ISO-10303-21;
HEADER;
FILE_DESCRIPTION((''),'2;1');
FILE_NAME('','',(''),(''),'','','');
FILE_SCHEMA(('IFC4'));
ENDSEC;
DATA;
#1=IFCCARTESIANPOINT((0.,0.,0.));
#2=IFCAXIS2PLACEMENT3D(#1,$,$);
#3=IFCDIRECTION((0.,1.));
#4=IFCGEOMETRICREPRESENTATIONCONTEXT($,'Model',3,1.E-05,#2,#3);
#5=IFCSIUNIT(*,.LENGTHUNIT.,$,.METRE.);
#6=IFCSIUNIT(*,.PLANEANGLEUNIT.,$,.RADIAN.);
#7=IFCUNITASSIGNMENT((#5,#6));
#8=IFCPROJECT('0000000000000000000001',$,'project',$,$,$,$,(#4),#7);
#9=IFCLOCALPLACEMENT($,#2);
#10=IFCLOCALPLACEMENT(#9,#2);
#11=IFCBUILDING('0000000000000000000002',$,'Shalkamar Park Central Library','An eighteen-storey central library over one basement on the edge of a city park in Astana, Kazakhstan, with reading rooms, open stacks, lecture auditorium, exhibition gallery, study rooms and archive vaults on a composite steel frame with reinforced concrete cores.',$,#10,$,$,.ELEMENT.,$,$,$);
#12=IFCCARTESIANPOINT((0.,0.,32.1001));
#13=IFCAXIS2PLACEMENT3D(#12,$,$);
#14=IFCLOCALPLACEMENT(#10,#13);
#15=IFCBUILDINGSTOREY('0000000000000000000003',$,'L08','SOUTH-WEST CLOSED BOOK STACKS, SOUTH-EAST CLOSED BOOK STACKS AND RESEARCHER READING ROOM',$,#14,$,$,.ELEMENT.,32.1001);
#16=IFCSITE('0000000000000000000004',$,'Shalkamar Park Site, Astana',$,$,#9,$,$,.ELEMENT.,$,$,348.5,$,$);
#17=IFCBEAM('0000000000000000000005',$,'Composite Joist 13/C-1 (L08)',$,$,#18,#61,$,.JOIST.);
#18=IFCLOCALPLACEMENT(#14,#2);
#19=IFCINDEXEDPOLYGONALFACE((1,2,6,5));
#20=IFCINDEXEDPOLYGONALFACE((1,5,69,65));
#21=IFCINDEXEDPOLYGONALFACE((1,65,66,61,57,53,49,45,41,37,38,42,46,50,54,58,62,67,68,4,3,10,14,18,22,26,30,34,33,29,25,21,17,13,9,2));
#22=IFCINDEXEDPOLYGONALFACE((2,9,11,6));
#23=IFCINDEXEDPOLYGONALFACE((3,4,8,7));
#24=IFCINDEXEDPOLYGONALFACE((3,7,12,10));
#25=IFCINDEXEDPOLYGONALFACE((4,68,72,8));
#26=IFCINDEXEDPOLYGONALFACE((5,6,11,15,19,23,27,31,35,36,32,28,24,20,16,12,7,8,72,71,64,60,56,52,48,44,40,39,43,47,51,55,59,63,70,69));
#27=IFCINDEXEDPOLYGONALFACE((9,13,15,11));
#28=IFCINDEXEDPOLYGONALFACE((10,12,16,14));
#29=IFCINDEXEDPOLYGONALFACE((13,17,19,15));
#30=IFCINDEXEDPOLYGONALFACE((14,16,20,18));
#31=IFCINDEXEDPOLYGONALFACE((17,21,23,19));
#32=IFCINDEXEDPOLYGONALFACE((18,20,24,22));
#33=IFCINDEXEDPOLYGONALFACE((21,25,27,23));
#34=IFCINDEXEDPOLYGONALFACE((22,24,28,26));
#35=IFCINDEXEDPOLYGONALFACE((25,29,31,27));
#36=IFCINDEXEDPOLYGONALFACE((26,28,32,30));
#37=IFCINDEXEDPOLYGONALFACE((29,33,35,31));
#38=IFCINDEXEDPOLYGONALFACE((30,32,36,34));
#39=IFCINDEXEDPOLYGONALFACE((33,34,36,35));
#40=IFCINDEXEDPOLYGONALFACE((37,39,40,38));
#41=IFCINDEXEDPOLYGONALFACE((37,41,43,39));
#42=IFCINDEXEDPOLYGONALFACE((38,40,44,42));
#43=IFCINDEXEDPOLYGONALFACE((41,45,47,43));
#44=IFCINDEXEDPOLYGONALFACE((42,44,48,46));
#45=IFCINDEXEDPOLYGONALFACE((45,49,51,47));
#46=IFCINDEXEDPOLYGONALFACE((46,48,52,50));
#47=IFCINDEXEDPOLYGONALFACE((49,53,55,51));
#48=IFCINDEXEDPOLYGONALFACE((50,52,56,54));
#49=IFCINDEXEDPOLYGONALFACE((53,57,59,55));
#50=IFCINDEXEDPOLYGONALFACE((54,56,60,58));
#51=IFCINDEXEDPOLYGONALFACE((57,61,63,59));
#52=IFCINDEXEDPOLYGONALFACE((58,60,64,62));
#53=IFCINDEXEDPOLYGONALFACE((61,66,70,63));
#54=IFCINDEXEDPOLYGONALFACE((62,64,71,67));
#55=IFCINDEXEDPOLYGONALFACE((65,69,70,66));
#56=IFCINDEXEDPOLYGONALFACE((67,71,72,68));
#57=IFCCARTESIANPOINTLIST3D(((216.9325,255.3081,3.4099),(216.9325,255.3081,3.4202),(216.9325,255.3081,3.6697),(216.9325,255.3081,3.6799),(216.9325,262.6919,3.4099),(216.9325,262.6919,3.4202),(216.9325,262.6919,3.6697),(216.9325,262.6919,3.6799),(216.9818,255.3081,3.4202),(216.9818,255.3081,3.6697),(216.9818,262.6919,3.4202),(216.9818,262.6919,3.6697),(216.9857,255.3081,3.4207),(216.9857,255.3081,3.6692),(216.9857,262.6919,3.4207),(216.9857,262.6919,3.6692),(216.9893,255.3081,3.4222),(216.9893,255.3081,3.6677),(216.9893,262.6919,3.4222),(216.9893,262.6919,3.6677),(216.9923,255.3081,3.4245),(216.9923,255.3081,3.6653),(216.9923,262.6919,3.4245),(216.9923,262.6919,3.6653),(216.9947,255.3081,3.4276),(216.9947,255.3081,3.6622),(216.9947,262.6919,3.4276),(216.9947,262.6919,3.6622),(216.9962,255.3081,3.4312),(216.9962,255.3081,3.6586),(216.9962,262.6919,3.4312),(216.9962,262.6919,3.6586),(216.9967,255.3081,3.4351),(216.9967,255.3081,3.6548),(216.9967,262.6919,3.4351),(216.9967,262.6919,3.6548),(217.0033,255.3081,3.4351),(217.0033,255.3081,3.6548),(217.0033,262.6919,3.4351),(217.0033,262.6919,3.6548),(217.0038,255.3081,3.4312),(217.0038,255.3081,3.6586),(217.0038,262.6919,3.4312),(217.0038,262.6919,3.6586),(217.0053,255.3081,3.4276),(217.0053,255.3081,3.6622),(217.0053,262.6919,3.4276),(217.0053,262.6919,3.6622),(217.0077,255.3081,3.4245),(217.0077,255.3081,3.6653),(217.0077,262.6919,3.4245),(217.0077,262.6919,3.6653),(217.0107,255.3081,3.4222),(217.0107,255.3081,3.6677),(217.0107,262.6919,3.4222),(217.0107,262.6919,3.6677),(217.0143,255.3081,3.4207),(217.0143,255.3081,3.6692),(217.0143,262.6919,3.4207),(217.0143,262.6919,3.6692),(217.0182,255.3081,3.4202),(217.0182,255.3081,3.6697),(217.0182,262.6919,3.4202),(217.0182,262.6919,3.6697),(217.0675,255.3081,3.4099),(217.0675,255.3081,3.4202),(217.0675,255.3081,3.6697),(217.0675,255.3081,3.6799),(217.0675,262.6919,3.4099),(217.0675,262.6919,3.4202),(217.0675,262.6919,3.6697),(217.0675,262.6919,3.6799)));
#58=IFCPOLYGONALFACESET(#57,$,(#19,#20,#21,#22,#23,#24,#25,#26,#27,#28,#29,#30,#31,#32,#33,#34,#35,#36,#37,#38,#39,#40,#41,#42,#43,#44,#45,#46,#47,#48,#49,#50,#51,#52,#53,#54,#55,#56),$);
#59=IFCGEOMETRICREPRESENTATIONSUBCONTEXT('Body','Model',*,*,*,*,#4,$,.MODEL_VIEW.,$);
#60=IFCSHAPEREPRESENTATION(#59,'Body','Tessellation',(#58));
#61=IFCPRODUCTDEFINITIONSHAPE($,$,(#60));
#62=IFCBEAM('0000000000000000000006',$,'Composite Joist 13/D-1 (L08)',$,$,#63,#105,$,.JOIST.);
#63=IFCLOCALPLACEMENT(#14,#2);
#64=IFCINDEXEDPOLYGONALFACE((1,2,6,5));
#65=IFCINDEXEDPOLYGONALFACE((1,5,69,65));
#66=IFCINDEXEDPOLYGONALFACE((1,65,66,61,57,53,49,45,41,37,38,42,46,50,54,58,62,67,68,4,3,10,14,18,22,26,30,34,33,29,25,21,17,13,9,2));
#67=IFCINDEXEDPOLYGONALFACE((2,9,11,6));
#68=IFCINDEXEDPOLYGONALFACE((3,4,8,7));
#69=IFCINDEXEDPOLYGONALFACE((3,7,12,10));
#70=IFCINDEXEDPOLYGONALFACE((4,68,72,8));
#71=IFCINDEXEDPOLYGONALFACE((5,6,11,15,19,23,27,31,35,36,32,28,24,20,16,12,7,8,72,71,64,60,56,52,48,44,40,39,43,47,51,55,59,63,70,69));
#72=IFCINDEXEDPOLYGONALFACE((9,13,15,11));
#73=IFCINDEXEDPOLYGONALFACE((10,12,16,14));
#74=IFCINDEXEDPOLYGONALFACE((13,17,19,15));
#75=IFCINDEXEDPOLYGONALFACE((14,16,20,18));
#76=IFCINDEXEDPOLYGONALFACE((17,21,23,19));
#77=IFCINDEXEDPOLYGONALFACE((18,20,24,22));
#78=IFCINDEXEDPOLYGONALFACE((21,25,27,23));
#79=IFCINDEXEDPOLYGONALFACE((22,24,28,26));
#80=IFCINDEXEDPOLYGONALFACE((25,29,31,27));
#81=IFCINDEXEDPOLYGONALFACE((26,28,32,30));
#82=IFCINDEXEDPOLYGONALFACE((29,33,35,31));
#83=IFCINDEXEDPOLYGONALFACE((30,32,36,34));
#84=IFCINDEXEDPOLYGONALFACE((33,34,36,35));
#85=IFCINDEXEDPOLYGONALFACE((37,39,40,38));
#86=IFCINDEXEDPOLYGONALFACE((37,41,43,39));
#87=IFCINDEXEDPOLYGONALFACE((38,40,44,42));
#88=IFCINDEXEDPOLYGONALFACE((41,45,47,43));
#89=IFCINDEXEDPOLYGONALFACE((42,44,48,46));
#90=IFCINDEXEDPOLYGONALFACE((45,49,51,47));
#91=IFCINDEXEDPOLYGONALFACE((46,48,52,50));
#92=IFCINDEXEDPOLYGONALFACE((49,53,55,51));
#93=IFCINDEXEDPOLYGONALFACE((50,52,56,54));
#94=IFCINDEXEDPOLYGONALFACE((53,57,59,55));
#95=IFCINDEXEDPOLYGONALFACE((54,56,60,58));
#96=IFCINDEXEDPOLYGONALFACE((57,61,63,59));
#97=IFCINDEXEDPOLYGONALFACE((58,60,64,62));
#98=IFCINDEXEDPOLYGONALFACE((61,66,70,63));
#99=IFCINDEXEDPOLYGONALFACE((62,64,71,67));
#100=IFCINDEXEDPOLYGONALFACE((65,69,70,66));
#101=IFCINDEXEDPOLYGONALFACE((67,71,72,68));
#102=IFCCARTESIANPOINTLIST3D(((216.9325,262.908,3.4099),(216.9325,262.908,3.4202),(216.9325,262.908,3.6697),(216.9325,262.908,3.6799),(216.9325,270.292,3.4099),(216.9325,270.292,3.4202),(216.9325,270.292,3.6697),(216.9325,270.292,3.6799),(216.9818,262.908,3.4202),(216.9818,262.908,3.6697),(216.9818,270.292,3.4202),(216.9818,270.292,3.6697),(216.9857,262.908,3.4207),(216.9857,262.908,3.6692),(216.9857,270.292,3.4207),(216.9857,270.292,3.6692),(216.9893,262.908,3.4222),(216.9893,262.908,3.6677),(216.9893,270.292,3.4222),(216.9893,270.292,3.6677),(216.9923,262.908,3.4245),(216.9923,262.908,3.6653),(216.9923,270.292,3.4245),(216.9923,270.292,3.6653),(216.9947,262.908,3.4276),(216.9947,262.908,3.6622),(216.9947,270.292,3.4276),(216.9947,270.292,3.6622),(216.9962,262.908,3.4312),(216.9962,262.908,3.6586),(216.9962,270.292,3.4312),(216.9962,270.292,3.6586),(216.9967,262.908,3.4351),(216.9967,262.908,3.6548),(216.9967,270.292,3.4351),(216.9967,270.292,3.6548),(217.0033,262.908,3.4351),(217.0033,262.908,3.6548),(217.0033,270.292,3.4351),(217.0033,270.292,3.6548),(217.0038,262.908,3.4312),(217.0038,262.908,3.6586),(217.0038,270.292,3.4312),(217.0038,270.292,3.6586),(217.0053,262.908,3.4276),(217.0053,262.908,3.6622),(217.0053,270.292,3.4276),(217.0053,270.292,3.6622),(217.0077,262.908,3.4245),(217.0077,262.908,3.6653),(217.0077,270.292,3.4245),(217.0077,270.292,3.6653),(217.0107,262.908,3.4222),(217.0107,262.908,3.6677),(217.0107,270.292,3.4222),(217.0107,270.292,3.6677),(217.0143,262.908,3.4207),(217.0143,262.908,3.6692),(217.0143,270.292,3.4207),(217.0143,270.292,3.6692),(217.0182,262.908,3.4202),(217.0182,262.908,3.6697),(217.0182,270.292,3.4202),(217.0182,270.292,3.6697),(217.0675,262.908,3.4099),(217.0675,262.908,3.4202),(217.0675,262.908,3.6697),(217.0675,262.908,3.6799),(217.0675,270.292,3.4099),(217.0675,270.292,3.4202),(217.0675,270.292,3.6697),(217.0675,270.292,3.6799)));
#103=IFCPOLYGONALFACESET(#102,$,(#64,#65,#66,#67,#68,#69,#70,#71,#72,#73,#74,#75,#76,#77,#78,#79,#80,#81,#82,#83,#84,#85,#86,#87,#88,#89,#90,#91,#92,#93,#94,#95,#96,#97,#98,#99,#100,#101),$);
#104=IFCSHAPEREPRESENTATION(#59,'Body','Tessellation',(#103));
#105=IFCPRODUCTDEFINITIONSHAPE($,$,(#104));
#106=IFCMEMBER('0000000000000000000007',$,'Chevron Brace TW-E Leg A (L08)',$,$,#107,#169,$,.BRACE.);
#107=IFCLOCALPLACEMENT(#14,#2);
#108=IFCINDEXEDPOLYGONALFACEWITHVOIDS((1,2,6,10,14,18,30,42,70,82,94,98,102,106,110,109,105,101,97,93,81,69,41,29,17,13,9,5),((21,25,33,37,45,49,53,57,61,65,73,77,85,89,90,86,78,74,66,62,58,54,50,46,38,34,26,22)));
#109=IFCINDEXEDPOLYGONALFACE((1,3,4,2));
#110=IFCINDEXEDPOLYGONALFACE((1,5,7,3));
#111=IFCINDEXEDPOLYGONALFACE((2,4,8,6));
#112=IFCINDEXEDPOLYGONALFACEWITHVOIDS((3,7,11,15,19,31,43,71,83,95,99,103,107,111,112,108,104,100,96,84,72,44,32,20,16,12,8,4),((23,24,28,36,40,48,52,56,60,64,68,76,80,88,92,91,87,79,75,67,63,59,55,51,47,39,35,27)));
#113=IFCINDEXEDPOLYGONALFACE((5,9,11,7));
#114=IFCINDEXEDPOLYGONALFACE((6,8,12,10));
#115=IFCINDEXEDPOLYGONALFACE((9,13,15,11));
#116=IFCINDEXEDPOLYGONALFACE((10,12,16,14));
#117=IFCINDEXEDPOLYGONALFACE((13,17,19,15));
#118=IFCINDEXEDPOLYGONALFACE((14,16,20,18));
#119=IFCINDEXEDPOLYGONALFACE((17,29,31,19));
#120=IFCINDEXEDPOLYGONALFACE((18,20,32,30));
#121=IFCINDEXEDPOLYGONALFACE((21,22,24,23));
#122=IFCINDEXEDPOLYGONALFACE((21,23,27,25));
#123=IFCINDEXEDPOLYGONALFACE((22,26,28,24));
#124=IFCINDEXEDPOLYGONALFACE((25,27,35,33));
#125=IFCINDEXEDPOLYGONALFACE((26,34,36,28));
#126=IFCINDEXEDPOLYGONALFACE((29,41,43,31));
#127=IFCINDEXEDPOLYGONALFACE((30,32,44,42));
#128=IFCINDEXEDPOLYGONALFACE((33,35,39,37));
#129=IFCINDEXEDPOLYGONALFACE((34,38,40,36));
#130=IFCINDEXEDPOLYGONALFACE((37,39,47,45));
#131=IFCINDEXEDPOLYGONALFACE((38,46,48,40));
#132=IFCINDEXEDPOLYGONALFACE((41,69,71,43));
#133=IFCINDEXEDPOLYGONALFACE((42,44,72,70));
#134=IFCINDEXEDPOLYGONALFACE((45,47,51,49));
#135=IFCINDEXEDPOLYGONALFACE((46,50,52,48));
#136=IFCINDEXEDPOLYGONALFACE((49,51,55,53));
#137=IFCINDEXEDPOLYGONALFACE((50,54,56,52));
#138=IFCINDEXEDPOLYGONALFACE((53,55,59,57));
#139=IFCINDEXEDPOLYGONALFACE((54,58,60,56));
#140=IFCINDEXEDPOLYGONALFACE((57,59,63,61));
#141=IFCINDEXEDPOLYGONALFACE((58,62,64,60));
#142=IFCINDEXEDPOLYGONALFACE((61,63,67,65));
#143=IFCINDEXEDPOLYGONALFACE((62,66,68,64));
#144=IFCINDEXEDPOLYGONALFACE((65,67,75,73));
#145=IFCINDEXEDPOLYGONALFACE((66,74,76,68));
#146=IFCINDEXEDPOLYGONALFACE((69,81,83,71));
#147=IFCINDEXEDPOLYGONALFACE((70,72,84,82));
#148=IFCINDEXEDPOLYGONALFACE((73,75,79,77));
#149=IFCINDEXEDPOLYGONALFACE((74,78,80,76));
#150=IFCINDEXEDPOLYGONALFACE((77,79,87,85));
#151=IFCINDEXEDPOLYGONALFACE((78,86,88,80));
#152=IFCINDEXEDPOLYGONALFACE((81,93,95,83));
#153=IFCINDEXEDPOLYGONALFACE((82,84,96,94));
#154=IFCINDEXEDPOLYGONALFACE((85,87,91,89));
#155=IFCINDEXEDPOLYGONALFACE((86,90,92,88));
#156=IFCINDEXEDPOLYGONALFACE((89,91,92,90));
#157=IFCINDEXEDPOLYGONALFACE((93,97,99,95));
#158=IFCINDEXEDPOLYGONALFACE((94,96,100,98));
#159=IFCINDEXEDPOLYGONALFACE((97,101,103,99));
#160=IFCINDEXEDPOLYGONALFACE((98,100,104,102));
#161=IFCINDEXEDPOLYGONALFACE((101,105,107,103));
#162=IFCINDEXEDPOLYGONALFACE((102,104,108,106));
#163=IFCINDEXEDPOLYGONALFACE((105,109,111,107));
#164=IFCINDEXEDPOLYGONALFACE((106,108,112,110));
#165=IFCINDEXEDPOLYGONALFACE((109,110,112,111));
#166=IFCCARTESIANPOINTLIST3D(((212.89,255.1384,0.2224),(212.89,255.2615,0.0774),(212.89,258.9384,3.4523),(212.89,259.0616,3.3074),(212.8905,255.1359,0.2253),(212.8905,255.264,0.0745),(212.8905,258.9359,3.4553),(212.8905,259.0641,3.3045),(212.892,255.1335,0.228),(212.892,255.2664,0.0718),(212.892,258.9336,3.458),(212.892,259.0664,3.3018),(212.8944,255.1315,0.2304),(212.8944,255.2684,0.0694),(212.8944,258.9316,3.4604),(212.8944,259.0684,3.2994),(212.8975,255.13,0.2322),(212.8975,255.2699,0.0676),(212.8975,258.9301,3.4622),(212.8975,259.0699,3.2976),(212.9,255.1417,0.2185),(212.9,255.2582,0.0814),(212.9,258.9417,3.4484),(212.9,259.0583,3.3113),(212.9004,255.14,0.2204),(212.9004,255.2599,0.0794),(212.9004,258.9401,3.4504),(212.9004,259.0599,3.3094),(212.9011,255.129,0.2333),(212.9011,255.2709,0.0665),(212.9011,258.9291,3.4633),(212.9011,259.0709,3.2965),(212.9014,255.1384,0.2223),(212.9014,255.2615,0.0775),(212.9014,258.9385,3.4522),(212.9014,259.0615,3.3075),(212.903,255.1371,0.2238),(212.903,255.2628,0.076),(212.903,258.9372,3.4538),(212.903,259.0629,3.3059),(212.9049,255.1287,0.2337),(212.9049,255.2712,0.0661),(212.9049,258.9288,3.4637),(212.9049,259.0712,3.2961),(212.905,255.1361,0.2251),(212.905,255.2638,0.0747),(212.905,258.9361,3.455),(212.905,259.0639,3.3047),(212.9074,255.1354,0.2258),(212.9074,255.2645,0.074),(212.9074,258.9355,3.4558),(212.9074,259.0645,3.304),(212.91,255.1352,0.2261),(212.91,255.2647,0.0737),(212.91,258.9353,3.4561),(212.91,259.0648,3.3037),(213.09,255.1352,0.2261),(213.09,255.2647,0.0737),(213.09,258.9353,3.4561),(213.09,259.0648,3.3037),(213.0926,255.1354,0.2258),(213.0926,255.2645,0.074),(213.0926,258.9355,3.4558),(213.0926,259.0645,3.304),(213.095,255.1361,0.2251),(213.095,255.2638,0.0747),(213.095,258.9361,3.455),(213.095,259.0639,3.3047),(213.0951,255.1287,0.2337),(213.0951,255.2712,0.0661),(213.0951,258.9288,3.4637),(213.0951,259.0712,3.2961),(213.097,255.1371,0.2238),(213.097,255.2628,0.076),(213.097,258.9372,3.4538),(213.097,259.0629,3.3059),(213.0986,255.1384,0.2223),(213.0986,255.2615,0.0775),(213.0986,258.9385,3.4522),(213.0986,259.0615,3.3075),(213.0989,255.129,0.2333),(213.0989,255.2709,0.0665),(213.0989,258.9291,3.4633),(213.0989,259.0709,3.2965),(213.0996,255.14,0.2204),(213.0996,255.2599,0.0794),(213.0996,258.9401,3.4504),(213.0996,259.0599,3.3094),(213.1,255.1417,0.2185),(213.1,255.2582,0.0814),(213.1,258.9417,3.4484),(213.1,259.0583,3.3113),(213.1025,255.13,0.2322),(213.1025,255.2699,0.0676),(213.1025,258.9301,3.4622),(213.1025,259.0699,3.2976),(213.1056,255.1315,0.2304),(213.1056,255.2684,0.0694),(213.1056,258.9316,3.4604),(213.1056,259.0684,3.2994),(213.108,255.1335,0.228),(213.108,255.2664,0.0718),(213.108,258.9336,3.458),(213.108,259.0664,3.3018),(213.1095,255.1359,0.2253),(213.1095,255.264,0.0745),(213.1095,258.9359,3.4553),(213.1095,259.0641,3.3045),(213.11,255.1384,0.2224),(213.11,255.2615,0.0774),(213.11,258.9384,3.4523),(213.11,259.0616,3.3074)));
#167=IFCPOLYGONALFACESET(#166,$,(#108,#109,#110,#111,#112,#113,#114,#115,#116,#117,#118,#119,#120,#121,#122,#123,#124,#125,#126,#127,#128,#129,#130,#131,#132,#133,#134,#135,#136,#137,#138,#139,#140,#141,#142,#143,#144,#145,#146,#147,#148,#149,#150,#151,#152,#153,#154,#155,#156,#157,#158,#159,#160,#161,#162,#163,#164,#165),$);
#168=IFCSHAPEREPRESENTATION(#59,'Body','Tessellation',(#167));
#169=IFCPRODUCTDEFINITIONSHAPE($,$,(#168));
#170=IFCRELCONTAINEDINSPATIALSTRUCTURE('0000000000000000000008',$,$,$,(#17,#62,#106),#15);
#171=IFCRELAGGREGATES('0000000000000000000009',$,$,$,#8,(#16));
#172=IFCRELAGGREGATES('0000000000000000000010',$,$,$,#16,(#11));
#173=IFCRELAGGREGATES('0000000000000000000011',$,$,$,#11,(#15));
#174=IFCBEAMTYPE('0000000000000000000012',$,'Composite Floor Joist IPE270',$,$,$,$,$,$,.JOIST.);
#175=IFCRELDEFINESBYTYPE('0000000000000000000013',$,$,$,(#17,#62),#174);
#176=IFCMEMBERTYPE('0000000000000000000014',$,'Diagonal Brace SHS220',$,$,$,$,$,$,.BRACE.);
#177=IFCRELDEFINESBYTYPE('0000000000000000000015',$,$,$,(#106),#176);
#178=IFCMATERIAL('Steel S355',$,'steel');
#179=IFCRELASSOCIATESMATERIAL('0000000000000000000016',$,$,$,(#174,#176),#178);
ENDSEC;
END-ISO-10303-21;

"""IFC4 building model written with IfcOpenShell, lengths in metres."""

from ifc_helpers import new_model, si_unit, direction, frame, origin, origin_2d, place, context, subcontext, project, spatial, hollow_rectangle, i_section, extrude, material, material_profile, profile_set, type_object, element, save


model = new_model("IFC4")

# Units and contexts
model_context = context("Model", 3, precision=1e-05, world=origin(), true_north=direction((0.0, 1.0)))
body_context = subcontext(model_context, "Body", "Model", "MODEL_VIEW")
ifc_project = project(units=[si_unit("LENGTHUNIT", "METRE"), si_unit("PLANEANGLEUNIT", "RADIAN")], contexts=[model_context])

# Site, building, storey
site_placement = place(None, origin())
site = spatial("IfcSite", under=ifc_project, at=site_placement, Name="Shalkamar Park Site, Astana", CompositionType="ELEMENT", RefElevation=348.5)
building_placement = place(site_placement, origin())
building = spatial("IfcBuilding", under=site, at=building_placement, Name="Shalkamar Park Central Library", Description="An eighteen-storey central library over one basement on the edge of a city park in Astana, Kazakhstan, with reading rooms, open stacks, lecture auditorium, exhibition gallery, study rooms and archive vaults on a composite steel frame with reinforced concrete cores.", CompositionType="ELEMENT")
storey_placement = place(building_placement, frame((0.0, 0.0, 32.1001)))
storey = spatial("IfcBuildingStorey", under=building, at=storey_placement, Name="L08", Description="SOUTH-WEST CLOSED BOOK STACKS, SOUTH-EAST CLOSED BOOK STACKS AND RESEARCHER READING ROOM", CompositionType="ELEMENT", Elevation=32.1001)

# Shared definitions
ifc_material_1 = material(Name="Steel S355", Category="steel")

# Beams
ifc_material_profile_1 = material_profile(ifc_material_1, i_section(OverallWidth=0.135, OverallDepth=0.27, WebThickness=0.0066, FlangeThickness=0.0103, FilletRadius=0.0149, at=origin_2d()), Name="IPE 270")
ifc_profile_set_1 = profile_set([ifc_material_profile_1], Name="Steel S355")
beam_type_1 = type_object("IfcBeamType", Name="Composite Floor Joist IPE270", PredefinedType="JOIST", material=ifc_profile_set_1)
beam_1_placement = place(storey_placement, frame((217.0, 255.3081, 3.5449), z_axis=(0.0, 1.0, 0.0), x_axis=(-1.0, 0.0, 0.0)))
element("IfcBeam", 1, at=beam_1_placement, inside=storey, type_object=beam_type_1, Name="Composite Joist 13/C-1 (L08)", PredefinedType="JOIST", context=body_context, shape_type="SweptSolid", body=[
    extrude(i_section(OverallWidth=0.135, OverallDepth=0.27, WebThickness=0.0066, FlangeThickness=0.0103, FilletRadius=0.0149, at=origin_2d()), origin(), (0.0, 0.0, 1.0), 7.3838),
])
beam_2_placement = place(storey_placement, frame((217.0, 262.908, 3.5449), z_axis=(0.0, 1.0, 0.0), x_axis=(-1.0, 0.0, 0.0)))
element("IfcBeam", 2, at=beam_2_placement, inside=storey, type_object=beam_type_1, Name="Composite Joist 13/D-1 (L08)", PredefinedType="JOIST", context=body_context, shape_type="SweptSolid", body=[
    extrude(i_section(OverallWidth=0.135, OverallDepth=0.27, WebThickness=0.0066, FlangeThickness=0.0103, FilletRadius=0.0149, at=origin_2d()), origin(), (0.0, 0.0, 1.0), 7.384),
])

# Member
ifc_material_profile_2 = material_profile(ifc_material_1, hollow_rectangle(XDim=0.22, YDim=0.22, WallThickness=0.01, InnerFilletRadius=0.01, OuterFilletRadius=0.0149, at=origin_2d()), Name="SHS 220x220x10")
ifc_profile_set_2 = profile_set([ifc_material_profile_2], Name="Steel S355")
member_type = type_object("IfcMemberType", Name="Diagonal Brace SHS220", PredefinedType="BRACE", material=ifc_profile_set_2)
for number, where, z_axis, x_axis, name in (
    (3, (213.0, 255.2, 0.1499), (0.0, 0.761945, 0.647641), (-1.0, 0.0, 0.0), "Chevron Brace TW-E Leg A (L08)"),
):
    element("IfcMember", number, at=place(storey_placement, frame(where, z_axis=z_axis, x_axis=x_axis)), inside=storey, type_object=member_type, Name=name, PredefinedType="BRACE", context=body_context, shape_type="SweptSolid", body=[
        extrude(hollow_rectangle(XDim=0.22, YDim=0.22, WallThickness=0.01, InnerFilletRadius=0.01, OuterFilletRadius=0.0149, at=origin_2d()), origin(), (0.0, 0.0, 1.0), 4.9873),
    ])

save(model, "model.ifc")
